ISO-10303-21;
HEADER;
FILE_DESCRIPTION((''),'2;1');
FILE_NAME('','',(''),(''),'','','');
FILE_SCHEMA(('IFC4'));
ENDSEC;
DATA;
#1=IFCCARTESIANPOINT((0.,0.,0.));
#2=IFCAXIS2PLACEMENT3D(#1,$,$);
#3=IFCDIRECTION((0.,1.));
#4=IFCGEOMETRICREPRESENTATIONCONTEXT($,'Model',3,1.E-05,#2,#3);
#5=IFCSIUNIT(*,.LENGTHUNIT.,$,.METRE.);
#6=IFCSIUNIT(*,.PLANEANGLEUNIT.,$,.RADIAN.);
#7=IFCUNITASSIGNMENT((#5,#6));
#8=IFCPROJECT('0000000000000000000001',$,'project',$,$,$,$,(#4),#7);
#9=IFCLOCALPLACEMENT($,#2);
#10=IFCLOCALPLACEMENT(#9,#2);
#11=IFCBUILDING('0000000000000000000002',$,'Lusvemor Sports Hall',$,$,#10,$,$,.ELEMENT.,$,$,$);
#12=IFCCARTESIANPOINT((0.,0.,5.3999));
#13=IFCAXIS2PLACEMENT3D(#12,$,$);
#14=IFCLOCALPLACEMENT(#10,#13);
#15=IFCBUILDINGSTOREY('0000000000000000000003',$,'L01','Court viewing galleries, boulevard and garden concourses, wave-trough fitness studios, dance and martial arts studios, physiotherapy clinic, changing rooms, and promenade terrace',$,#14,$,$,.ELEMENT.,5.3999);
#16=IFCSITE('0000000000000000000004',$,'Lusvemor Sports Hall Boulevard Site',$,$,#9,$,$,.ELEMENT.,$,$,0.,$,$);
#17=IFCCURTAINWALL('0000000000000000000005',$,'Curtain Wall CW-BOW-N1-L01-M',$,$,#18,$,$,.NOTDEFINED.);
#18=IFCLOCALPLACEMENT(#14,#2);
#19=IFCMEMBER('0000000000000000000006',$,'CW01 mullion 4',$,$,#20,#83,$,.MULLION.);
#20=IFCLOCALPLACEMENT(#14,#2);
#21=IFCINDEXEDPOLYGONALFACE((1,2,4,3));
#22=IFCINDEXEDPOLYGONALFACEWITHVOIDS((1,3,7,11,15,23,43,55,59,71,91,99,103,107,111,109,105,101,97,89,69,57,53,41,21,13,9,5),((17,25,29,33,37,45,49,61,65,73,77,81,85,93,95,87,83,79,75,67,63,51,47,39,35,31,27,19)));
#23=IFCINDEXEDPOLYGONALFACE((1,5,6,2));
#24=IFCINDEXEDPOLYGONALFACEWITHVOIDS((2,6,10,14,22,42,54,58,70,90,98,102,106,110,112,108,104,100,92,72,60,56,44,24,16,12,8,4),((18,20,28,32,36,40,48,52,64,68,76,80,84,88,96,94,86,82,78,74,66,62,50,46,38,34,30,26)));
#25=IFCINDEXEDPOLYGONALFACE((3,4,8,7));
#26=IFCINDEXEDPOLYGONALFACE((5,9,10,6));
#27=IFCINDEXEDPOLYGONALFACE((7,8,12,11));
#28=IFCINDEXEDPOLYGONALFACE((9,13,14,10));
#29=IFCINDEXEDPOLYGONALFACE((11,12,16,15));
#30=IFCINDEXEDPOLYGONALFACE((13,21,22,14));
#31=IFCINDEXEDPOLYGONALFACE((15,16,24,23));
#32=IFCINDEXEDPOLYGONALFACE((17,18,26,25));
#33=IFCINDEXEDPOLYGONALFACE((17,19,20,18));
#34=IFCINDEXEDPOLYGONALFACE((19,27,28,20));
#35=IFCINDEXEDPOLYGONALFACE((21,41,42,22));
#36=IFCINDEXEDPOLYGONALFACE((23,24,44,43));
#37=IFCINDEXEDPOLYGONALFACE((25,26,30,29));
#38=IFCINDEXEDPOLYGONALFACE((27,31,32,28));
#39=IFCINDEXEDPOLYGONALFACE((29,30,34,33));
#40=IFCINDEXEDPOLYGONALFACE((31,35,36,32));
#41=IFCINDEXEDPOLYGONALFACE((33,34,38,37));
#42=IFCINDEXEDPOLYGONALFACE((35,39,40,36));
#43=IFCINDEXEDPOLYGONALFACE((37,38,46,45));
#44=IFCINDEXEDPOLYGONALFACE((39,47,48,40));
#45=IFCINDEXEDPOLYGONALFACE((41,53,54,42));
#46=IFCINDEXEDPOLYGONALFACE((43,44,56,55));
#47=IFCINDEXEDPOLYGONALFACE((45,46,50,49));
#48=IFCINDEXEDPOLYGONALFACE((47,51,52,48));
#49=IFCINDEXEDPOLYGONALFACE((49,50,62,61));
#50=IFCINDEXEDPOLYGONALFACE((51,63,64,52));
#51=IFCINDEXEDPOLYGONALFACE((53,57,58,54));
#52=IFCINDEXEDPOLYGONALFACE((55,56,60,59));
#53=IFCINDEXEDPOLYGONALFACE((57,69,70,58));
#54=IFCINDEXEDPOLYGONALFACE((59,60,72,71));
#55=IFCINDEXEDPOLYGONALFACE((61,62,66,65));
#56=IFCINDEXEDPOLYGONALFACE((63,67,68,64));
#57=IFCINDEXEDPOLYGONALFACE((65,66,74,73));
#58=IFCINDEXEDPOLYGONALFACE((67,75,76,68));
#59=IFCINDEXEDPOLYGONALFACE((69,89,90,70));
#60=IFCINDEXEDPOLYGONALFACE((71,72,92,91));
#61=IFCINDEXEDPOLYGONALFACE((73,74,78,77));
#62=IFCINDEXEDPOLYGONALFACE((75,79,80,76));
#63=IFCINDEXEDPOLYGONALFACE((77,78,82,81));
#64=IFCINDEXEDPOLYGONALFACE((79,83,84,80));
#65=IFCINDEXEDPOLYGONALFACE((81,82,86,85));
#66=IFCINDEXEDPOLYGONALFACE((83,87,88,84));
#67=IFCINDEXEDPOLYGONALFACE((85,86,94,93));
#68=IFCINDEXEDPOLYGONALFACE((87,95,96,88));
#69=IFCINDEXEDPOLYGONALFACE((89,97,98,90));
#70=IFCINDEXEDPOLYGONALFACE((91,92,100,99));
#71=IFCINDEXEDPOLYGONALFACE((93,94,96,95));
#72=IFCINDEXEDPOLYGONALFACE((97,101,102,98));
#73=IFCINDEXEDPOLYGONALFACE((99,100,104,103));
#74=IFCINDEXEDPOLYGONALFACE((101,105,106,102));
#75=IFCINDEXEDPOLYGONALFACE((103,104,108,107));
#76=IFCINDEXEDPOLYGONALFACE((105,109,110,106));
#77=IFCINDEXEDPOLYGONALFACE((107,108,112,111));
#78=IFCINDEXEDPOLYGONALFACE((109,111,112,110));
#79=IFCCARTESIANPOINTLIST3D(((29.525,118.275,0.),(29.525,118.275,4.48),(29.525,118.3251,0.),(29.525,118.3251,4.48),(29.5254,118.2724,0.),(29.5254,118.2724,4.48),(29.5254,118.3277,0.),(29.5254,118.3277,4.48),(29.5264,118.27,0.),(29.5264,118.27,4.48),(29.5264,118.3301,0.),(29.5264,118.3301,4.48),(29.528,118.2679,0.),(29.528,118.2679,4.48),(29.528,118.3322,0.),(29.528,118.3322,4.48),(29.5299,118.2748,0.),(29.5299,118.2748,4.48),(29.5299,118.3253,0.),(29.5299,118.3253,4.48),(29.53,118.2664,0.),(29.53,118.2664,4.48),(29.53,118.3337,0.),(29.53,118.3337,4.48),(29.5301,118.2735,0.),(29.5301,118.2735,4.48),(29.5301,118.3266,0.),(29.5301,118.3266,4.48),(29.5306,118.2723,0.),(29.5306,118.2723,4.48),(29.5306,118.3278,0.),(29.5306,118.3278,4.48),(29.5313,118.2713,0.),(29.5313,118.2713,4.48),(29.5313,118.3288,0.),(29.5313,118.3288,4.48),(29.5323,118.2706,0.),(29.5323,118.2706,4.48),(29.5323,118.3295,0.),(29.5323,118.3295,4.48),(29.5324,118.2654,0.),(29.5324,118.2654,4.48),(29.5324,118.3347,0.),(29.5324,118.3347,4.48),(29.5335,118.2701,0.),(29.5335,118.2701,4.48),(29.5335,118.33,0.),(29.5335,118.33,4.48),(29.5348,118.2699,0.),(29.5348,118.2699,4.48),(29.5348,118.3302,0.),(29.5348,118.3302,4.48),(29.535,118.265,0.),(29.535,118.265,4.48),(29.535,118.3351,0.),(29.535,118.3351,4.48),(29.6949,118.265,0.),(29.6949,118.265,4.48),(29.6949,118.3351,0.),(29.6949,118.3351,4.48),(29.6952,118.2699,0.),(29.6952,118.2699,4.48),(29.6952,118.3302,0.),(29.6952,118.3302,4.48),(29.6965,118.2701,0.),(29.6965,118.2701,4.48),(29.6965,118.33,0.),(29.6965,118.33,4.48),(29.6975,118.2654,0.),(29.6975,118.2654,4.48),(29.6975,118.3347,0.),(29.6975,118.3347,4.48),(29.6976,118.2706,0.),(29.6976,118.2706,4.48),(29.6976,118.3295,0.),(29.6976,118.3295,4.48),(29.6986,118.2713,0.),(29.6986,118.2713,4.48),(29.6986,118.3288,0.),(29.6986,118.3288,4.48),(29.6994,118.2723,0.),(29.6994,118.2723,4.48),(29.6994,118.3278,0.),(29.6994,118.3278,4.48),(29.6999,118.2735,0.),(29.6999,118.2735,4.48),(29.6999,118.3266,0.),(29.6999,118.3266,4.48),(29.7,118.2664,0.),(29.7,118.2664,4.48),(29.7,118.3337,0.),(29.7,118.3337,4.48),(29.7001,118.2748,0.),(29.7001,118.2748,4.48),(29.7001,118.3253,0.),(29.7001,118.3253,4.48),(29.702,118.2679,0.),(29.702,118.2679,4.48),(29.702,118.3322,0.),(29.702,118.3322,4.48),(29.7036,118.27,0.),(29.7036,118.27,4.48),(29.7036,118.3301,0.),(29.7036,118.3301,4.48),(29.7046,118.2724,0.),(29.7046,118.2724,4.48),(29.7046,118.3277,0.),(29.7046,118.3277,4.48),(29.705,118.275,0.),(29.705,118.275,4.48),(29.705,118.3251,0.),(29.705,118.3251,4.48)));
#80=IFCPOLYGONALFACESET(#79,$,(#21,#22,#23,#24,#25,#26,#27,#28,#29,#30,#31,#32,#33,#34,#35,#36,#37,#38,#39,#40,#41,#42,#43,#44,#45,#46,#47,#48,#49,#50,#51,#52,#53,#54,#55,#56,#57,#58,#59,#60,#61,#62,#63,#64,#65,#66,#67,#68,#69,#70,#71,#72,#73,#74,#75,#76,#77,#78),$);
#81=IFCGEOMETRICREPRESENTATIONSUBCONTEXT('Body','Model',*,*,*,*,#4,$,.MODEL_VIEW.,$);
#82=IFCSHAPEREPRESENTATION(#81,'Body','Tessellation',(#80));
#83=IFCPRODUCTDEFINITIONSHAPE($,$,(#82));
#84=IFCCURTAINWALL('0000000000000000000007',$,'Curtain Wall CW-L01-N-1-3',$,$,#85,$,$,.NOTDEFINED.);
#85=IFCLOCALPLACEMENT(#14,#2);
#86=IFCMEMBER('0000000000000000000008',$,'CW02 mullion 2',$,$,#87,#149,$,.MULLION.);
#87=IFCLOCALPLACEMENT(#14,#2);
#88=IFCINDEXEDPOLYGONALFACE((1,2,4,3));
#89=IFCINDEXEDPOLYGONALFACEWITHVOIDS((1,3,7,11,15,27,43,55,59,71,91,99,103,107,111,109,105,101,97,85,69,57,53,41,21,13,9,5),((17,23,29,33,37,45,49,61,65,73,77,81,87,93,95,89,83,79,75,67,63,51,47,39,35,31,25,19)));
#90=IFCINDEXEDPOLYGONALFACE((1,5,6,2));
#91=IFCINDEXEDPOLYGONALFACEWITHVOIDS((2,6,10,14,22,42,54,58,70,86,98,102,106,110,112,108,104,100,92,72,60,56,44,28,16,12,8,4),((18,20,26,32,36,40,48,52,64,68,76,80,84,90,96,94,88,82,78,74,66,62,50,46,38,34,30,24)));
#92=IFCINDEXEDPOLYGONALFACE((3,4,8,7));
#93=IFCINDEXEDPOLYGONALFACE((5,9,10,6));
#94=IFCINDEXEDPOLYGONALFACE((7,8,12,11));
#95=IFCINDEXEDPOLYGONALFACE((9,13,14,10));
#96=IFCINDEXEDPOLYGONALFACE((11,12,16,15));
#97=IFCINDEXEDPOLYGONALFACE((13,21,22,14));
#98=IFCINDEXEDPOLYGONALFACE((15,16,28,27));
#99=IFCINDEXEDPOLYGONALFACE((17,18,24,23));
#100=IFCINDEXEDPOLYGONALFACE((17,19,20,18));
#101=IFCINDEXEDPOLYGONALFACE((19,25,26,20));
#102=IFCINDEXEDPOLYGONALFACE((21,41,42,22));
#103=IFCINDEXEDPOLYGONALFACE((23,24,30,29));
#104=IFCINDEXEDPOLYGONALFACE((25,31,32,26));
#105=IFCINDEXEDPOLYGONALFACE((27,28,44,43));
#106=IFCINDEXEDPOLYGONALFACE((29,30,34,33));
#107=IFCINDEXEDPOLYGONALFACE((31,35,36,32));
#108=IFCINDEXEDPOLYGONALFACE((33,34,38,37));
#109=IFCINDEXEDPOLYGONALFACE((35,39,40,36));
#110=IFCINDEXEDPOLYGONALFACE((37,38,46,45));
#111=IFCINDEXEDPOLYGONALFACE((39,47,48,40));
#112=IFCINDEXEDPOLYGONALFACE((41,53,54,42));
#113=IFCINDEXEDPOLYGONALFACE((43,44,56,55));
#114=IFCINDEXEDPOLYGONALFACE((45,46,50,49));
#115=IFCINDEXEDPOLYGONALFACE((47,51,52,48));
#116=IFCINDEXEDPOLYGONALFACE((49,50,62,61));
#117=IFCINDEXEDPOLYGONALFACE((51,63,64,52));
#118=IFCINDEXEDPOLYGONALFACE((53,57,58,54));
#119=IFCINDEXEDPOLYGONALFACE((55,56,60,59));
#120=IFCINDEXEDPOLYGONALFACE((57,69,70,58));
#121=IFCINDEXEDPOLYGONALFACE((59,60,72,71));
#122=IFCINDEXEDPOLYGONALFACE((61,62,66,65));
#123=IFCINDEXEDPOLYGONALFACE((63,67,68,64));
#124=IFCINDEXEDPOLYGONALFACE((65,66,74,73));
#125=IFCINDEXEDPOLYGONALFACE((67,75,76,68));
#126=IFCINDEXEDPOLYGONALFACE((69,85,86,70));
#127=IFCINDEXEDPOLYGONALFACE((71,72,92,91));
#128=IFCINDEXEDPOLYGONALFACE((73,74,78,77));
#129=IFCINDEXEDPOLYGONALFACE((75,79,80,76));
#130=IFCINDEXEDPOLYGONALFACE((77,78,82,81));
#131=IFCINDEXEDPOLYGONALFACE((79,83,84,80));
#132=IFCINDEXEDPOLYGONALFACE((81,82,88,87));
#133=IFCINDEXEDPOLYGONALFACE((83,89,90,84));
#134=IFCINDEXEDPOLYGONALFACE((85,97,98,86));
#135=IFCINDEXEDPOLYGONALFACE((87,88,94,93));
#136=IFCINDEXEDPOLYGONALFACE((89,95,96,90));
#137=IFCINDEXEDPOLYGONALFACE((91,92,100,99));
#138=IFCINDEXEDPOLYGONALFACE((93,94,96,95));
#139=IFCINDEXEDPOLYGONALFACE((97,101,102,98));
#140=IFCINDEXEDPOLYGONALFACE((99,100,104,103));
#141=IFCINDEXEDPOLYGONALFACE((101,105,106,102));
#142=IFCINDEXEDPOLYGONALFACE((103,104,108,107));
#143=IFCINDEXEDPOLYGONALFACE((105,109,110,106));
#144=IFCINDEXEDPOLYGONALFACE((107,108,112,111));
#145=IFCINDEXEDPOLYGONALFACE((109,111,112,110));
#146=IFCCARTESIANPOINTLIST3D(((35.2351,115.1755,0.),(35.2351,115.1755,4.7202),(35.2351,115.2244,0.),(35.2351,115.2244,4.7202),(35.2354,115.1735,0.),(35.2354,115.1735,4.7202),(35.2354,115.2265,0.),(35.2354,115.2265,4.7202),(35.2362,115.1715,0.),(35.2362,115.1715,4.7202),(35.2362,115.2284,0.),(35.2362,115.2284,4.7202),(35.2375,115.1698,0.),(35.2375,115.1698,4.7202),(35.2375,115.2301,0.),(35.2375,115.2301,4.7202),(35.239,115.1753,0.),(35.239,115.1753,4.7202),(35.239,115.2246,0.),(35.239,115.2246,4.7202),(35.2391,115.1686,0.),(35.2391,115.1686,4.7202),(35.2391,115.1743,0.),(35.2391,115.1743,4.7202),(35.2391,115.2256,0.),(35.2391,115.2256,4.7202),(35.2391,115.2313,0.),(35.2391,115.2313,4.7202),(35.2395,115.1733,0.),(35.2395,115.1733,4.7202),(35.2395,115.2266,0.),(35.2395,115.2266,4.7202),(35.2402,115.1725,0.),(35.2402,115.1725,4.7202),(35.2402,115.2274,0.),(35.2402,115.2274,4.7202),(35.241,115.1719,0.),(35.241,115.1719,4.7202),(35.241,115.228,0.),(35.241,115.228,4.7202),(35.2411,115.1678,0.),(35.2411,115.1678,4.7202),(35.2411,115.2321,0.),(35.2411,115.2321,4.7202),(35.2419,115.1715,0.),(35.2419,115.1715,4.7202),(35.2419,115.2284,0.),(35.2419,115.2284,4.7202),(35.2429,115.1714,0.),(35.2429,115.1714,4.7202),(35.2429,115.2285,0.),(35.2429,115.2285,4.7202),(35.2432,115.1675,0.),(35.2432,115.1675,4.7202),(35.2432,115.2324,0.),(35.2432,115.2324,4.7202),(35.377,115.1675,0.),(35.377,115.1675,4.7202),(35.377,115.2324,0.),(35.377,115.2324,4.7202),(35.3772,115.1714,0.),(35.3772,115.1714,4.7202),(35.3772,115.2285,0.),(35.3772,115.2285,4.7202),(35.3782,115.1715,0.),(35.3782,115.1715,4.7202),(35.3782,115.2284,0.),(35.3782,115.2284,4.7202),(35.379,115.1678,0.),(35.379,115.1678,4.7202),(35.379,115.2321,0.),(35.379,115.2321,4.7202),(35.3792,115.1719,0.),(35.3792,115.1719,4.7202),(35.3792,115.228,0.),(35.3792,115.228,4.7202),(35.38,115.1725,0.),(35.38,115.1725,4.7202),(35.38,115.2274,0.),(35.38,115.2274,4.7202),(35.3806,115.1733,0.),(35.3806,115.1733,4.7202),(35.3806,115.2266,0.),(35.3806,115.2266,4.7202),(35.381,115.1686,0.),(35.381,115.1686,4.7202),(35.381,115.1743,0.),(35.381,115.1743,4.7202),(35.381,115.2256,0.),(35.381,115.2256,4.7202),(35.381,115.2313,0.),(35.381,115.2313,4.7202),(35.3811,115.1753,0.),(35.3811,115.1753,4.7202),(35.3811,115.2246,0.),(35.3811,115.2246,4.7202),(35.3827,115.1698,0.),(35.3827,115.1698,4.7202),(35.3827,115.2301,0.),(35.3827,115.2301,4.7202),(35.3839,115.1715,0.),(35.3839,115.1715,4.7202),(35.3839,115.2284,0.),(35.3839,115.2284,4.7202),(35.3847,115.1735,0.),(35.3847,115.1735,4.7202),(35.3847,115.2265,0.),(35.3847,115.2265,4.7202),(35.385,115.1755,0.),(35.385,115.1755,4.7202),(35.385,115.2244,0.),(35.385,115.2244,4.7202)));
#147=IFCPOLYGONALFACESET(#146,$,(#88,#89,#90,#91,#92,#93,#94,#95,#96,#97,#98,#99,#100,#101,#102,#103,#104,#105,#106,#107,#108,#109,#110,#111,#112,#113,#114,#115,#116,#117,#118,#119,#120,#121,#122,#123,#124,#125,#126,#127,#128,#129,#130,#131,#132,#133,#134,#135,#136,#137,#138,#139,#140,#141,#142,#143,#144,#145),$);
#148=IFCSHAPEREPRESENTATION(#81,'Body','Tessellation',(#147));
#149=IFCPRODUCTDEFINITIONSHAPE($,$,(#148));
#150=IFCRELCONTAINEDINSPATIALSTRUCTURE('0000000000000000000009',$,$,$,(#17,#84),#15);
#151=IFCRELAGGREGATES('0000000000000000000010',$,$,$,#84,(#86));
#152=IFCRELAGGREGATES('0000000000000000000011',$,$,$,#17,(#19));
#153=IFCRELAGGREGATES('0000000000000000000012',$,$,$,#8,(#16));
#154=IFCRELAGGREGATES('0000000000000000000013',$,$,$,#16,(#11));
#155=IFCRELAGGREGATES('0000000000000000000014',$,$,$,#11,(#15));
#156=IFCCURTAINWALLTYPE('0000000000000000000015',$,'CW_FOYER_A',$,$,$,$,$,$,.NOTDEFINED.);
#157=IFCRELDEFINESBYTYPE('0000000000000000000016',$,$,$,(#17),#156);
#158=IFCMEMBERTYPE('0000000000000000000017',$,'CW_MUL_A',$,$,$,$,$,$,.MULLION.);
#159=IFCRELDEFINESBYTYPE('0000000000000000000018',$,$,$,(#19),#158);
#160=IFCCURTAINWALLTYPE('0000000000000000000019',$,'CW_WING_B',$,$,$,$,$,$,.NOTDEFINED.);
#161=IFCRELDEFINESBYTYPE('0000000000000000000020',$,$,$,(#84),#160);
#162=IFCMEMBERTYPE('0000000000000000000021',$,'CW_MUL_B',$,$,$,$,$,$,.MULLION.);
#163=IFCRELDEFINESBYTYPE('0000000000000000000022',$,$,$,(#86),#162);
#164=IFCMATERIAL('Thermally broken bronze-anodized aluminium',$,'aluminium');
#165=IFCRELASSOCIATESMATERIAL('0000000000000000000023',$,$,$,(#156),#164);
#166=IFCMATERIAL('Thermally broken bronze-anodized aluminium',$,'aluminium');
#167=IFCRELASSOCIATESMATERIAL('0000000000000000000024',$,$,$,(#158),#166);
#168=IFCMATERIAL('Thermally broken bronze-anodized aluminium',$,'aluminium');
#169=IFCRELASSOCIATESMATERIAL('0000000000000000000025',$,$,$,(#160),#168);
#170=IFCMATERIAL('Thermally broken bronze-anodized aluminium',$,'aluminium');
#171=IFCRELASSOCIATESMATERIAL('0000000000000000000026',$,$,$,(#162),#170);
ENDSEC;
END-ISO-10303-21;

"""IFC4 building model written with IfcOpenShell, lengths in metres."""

from ifc_helpers import new_model, si_unit, direction, frame, origin, origin_2d, place, context, subcontext, project, spatial, hollow_rectangle, extrude, material, material_profile, profile_set, type_object, element, aggregate, save


model = new_model("IFC4")

# Units and contexts
model_context = context("Model", 3, precision=1e-05, world=origin(), true_north=direction((0.0, 1.0)))
body_context = subcontext(model_context, "Body", "Model", "MODEL_VIEW")
ifc_project = project(units=[si_unit("LENGTHUNIT", "METRE"), si_unit("PLANEANGLEUNIT", "RADIAN")], contexts=[model_context])

# Site, building, storey
site_placement = place(None, origin())
site = spatial("IfcSite", under=ifc_project, at=site_placement, Name="Lusvemor Sports Hall Boulevard Site", CompositionType="ELEMENT", RefElevation=0.0)
building_placement = place(site_placement, origin())
building = spatial("IfcBuilding", under=site, at=building_placement, Name="Lusvemor Sports Hall", CompositionType="ELEMENT")
storey_placement = place(building_placement, frame((0.0, 0.0, 5.3999)))
storey = spatial("IfcBuildingStorey", under=building, at=storey_placement, Name="L01", Description="Court viewing galleries, boulevard and garden concourses, wave-trough fitness studios, dance and martial arts studios, physiotherapy clinic, changing rooms, and promenade terrace", CompositionType="ELEMENT", Elevation=5.3999)

# Curtain wall, member
ifc_material_1 = material(Name="Thermally broken bronze-anodized aluminium", Category="aluminium")
curtain_wall_type_1 = type_object("IfcCurtainWallType", Name="CW_FOYER_A", PredefinedType="NOTDEFINED", material=ifc_material_1)
curtain_wall_1_placement = place(storey_placement, origin())
curtain_wall_1 = element("IfcCurtainWall", 1, at=curtain_wall_1_placement, inside=storey, type_object=curtain_wall_type_1, Name="Curtain Wall CW-BOW-N1-L01-M", PredefinedType="NOTDEFINED")
ifc_material_2 = material(Name="Thermally broken bronze-anodized aluminium", Category="aluminium")
ifc_material_profile_1 = material_profile(ifc_material_2, hollow_rectangle(XDim=0.0701, YDim=0.1799, WallThickness=0.0049, InnerFilletRadius=0.0049, OuterFilletRadius=0.01, at=origin_2d()), Name="CWMUL180x70x5")
ifc_profile_set_1 = profile_set([ifc_material_profile_1], Name="Thermally broken bronze-anodized aluminium")
member_type_1 = type_object("IfcMemberType", Name="CW_MUL_A", PredefinedType="MULLION", material=ifc_profile_set_1)
member_1_placement = place(storey_placement, frame((29.615, 118.3, 0.0), z_axis=(0.0, 0.0, 1.0), x_axis=(0.0, 1.0, 0.0)))
member_1 = element("IfcMember", 2, at=member_1_placement, type_object=member_type_1, Name="CW01 mullion 4", PredefinedType="MULLION", context=body_context, shape_type="SweptSolid", body=[
    extrude(hollow_rectangle(XDim=0.0701, YDim=0.1799, WallThickness=0.0049, InnerFilletRadius=0.0049, OuterFilletRadius=0.01, at=origin_2d()), origin(), (0.0, 0.0, 1.0), 4.48),
])

# Curtain wall, member
ifc_material_3 = material(Name="Thermally broken bronze-anodized aluminium", Category="aluminium")
curtain_wall_type_2 = type_object("IfcCurtainWallType", Name="CW_WING_B", PredefinedType="NOTDEFINED", material=ifc_material_3)
curtain_wall_2_placement = place(storey_placement, origin())
curtain_wall_2 = element("IfcCurtainWall", 3, at=curtain_wall_2_placement, inside=storey, type_object=curtain_wall_type_2, Name="Curtain Wall CW-L01-N-1-3", PredefinedType="NOTDEFINED")
ifc_material_4 = material(Name="Thermally broken bronze-anodized aluminium", Category="aluminium")
ifc_material_profile_2 = material_profile(ifc_material_4, hollow_rectangle(XDim=0.0649, YDim=0.1499, WallThickness=0.0039, InnerFilletRadius=0.0039, OuterFilletRadius=0.0081, at=origin_2d()), Name="CWMUL150x65x4")
ifc_profile_set_2 = profile_set([ifc_material_profile_2], Name="Thermally broken bronze-anodized aluminium")
member_type_2 = type_object("IfcMemberType", Name="CW_MUL_B", PredefinedType="MULLION", material=ifc_profile_set_2)
member_2_placement = place(storey_placement, frame((35.3101, 115.2, 0.0), z_axis=(0.0, 0.0, 1.0), x_axis=(0.0, 1.0, 0.0)))
member_2 = element("IfcMember", 4, at=member_2_placement, type_object=member_type_2, Name="CW02 mullion 2", PredefinedType="MULLION", context=body_context, shape_type="SweptSolid", body=[
    extrude(hollow_rectangle(XDim=0.0649, YDim=0.1499, WallThickness=0.0039, InnerFilletRadius=0.0039, OuterFilletRadius=0.0081, at=origin_2d()), origin(), (0.0, 0.0, 1.0), 4.7202),
])

aggregate(curtain_wall_2, [member_2])

aggregate(curtain_wall_1, [member_1])

save(model, "model.ifc")
